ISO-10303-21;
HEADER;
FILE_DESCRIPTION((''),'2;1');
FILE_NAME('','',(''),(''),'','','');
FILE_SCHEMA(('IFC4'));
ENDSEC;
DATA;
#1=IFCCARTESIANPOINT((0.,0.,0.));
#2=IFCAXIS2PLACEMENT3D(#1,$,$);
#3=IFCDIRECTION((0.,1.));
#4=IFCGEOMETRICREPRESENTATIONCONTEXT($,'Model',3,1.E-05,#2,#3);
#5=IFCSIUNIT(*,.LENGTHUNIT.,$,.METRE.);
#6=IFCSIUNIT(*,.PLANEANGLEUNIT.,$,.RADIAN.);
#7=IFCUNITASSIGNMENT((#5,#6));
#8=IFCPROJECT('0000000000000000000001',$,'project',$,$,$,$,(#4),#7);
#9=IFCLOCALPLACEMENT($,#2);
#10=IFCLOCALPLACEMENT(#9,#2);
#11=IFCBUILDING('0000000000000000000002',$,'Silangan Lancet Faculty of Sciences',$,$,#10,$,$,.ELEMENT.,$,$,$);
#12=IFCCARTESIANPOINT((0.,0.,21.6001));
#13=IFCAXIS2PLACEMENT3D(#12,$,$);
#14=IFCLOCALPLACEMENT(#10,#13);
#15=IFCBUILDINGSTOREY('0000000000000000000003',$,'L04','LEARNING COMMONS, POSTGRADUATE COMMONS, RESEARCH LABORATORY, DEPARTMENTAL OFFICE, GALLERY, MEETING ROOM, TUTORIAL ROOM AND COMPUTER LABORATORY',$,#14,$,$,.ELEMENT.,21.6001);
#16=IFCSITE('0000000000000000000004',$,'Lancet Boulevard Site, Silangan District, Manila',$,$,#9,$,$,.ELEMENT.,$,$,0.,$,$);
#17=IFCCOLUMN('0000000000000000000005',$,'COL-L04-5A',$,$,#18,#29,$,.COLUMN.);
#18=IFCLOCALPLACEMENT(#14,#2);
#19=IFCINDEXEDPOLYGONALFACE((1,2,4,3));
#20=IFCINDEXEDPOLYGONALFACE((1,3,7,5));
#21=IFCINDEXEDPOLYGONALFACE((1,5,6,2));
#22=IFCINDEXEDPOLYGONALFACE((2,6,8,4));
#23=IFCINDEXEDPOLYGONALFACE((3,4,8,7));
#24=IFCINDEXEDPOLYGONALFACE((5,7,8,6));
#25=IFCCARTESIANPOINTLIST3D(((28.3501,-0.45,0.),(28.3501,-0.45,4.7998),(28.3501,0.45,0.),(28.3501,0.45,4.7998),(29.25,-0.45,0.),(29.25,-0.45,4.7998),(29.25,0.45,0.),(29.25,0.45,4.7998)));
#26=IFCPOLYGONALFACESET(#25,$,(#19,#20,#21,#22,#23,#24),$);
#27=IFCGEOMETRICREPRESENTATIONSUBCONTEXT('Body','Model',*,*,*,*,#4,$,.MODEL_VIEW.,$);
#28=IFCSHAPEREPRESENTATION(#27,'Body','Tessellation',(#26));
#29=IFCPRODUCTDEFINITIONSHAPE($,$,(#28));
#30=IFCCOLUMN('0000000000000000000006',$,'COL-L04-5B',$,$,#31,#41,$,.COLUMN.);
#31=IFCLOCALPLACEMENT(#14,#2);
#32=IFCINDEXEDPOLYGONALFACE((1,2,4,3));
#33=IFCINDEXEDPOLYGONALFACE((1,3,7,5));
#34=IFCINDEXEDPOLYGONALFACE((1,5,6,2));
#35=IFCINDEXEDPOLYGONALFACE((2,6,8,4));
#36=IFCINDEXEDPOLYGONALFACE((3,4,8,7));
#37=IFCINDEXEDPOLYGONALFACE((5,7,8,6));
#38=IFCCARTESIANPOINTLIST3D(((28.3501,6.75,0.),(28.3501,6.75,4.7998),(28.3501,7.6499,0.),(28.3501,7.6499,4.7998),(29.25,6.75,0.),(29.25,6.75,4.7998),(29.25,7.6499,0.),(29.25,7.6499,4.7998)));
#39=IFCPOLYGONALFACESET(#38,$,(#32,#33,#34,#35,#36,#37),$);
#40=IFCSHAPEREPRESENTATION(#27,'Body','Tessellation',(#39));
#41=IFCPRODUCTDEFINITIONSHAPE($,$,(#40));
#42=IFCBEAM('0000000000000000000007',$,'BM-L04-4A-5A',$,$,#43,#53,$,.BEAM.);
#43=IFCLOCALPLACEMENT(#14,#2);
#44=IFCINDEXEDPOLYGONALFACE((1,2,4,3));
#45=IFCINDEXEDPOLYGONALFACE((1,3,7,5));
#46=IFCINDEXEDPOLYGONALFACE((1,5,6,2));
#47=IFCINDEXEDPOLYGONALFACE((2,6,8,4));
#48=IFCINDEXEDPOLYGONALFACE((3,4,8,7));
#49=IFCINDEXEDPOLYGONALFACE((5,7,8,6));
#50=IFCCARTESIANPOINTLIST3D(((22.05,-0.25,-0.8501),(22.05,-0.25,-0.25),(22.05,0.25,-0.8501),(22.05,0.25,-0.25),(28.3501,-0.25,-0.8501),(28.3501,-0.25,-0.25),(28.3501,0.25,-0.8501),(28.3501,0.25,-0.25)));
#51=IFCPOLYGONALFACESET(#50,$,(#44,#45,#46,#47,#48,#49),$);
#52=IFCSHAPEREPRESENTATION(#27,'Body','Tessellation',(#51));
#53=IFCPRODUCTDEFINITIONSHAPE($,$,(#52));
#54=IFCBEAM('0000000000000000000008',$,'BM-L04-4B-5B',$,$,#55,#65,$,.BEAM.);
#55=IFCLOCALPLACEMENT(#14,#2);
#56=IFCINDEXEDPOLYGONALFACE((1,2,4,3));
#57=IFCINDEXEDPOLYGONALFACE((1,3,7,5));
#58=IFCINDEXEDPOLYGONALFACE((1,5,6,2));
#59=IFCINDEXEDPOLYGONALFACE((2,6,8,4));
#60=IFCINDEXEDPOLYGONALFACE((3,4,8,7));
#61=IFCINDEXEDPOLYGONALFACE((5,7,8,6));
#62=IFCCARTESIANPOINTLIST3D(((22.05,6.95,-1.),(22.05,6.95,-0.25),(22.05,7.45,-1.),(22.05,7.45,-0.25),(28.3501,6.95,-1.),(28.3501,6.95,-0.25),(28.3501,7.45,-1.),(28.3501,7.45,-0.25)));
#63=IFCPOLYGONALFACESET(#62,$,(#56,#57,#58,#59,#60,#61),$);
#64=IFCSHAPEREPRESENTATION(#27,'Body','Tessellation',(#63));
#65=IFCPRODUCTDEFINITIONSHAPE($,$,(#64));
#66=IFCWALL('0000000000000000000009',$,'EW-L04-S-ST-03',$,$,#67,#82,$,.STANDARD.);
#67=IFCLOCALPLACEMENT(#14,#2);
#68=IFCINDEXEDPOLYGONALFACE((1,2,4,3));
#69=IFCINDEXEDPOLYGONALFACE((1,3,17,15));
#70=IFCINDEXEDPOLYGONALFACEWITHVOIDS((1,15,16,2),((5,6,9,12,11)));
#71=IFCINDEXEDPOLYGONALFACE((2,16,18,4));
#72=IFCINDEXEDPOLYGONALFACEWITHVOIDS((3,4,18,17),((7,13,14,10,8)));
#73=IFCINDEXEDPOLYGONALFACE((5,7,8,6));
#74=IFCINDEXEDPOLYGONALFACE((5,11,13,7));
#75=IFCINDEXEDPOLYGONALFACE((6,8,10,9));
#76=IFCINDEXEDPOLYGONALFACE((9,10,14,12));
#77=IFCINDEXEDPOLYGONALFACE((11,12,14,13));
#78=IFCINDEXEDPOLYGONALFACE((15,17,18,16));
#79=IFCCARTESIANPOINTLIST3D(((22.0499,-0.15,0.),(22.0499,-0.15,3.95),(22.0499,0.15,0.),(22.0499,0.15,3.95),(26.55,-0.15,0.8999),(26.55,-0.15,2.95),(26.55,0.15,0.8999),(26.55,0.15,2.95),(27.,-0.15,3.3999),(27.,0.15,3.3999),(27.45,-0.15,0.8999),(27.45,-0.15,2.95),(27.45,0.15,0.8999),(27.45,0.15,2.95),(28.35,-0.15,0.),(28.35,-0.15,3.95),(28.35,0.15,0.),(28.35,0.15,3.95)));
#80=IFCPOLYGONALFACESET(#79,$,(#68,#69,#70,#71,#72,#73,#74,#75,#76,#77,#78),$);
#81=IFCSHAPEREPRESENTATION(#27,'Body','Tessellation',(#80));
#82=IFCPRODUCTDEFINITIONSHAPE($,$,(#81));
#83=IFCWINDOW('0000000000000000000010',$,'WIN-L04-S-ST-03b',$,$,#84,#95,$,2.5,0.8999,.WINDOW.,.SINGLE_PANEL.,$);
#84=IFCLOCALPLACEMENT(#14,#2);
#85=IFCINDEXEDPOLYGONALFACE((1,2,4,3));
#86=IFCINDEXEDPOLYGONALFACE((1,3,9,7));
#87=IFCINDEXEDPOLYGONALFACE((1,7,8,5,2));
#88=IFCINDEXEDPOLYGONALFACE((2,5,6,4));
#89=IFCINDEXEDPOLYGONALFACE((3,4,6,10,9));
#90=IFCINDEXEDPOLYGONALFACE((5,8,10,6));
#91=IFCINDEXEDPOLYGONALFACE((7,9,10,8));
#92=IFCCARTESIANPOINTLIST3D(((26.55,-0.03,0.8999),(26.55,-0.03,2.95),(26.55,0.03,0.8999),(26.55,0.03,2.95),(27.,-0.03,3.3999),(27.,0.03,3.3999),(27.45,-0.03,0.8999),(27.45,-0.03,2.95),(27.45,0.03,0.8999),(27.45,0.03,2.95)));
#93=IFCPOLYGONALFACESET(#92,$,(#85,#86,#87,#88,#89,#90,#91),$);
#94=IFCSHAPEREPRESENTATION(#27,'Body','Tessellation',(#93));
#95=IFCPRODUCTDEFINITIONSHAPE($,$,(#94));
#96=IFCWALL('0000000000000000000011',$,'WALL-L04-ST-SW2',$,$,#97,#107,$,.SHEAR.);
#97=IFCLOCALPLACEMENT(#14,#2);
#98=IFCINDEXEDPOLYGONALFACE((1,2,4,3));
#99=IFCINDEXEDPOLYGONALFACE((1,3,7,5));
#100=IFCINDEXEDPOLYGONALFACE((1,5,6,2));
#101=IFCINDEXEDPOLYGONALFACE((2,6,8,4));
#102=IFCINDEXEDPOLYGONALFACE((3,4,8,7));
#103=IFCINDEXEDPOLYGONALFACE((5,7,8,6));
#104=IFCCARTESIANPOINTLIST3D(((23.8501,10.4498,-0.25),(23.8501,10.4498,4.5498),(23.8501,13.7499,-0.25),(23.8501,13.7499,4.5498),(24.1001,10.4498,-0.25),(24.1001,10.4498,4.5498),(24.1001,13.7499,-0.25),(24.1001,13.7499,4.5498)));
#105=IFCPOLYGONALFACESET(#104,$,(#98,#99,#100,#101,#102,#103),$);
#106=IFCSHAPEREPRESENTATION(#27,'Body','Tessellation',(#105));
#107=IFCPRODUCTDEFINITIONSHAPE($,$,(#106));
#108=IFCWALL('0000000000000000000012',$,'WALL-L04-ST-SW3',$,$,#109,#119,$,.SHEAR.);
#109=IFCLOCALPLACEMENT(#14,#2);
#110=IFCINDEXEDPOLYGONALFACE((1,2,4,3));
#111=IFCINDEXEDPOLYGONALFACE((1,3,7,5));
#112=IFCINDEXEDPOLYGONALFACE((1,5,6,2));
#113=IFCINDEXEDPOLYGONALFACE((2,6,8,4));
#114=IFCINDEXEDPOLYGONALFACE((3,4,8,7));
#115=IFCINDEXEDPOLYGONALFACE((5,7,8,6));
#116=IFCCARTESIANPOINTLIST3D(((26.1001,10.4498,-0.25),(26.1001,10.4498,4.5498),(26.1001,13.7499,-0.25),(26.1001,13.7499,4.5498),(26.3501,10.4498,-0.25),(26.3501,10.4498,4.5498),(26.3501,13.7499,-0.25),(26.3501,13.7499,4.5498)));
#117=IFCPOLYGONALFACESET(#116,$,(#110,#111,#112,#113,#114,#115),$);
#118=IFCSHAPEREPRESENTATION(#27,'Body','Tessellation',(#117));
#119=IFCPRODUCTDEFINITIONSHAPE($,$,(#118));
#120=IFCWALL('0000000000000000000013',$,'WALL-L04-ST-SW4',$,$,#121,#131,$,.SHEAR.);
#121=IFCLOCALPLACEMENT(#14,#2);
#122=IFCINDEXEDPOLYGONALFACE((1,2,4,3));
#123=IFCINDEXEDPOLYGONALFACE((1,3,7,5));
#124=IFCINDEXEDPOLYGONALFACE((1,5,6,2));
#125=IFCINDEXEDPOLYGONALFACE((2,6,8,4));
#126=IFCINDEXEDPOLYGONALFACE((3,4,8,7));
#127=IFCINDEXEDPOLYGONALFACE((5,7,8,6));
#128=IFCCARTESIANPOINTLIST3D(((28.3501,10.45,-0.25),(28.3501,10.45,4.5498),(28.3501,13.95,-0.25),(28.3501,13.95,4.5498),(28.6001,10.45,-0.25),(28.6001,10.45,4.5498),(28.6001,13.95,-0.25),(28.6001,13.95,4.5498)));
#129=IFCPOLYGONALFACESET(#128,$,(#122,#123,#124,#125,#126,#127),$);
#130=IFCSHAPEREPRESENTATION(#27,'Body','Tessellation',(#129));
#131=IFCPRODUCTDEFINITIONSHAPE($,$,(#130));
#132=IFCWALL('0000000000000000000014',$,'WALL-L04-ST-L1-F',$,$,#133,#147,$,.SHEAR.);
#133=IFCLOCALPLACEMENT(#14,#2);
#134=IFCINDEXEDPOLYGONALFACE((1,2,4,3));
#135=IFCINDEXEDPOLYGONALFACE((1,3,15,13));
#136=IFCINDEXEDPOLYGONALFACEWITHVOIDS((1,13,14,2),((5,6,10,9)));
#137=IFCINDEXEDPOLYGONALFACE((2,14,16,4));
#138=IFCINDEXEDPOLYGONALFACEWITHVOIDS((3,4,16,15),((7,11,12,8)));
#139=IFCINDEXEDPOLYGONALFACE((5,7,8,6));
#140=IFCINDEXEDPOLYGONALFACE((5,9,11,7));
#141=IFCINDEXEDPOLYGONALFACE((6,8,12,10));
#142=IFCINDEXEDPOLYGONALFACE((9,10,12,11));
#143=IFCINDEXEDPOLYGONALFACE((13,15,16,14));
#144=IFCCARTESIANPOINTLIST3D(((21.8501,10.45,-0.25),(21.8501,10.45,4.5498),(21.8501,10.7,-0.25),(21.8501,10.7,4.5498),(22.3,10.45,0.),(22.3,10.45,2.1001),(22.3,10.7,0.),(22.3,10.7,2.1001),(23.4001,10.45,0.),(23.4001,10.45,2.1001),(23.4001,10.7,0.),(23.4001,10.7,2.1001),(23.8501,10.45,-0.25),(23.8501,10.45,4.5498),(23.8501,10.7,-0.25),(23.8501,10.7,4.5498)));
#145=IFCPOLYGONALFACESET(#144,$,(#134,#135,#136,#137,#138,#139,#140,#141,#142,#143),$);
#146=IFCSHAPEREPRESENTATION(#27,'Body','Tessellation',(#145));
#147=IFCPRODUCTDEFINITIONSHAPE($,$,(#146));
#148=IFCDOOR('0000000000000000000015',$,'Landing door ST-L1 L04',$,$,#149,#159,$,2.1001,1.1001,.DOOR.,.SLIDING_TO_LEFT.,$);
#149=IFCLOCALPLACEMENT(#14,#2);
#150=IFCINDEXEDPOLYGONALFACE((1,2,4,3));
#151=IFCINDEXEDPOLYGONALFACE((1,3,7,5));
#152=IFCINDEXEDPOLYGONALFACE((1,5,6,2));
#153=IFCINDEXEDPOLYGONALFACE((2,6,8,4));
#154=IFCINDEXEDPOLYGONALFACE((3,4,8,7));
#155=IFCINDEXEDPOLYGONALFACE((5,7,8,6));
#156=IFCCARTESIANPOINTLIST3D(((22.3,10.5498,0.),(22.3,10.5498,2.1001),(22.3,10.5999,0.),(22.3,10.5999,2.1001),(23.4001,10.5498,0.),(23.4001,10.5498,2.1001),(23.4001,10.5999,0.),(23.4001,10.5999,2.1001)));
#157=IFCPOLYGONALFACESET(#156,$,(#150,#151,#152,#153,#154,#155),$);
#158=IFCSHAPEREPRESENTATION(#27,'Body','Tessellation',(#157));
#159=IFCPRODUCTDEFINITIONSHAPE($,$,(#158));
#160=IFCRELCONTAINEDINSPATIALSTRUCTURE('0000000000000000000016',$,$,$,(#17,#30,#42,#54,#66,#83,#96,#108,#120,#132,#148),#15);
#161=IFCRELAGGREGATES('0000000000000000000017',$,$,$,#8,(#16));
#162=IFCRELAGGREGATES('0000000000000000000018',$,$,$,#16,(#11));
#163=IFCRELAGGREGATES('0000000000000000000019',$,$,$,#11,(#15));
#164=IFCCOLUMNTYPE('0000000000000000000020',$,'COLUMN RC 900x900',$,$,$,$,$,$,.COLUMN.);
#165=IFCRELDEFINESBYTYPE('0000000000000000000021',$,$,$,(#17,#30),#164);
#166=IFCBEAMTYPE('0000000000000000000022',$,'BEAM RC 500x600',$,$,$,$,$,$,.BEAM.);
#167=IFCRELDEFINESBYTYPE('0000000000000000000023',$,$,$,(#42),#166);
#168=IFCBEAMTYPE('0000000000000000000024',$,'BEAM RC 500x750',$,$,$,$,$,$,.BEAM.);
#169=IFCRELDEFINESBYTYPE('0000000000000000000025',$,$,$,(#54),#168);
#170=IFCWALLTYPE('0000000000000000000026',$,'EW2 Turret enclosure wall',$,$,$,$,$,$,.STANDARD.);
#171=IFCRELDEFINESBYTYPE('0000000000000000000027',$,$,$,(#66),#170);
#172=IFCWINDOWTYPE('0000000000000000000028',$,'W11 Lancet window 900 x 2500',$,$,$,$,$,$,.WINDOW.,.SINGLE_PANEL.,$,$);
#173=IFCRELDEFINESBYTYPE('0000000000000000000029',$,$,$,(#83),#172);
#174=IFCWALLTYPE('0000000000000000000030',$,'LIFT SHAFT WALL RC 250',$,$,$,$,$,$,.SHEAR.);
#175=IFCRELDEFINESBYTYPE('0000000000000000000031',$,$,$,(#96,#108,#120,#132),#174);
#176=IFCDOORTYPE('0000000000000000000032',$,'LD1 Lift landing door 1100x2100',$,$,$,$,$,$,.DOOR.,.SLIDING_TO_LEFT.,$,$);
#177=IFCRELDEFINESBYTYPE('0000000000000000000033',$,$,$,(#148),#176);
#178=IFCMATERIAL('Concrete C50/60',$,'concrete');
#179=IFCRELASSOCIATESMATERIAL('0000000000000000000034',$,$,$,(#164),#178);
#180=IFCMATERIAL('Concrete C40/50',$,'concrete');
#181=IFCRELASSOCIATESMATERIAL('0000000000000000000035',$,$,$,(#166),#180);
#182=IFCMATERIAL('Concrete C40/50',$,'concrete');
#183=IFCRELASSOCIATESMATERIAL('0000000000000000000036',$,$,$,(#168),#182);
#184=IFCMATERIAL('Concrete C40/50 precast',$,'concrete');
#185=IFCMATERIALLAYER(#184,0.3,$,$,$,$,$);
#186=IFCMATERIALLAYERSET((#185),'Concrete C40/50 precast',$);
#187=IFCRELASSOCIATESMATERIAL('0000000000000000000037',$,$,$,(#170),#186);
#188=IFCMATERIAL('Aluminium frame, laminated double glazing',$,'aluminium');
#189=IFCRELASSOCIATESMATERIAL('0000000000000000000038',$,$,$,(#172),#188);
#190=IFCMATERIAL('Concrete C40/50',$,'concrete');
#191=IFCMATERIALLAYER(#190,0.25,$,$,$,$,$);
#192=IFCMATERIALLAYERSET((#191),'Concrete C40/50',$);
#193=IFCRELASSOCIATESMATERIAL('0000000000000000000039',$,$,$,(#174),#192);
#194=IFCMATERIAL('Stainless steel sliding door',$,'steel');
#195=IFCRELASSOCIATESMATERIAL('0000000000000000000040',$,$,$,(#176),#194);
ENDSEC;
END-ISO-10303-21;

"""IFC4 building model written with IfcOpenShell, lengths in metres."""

from ifc_helpers import new_model, si_unit, direction, frame, frame_2d, origin, origin_2d, place, context, subcontext, project, spatial, polyline, rectangle, outline, extrude, material, layer, layer_set, material_profile, profile_set, type_object, element, fill, save


model = new_model("IFC4")

# Units and contexts
model_context = context("Model", 3, precision=1e-05, world=origin(), true_north=direction((0.0, 1.0)))
body_context = subcontext(model_context, "Body", "Model", "MODEL_VIEW")
ifc_project = project(units=[si_unit("LENGTHUNIT", "METRE"), si_unit("PLANEANGLEUNIT", "RADIAN")], contexts=[model_context])

# Site, building, storey
site_placement = place(None, origin())
site = spatial("IfcSite", under=ifc_project, at=site_placement, Name="Lancet Boulevard Site, Silangan District, Manila", CompositionType="ELEMENT", RefElevation=0.0)
building_placement = place(site_placement, origin())
building = spatial("IfcBuilding", under=site, at=building_placement, Name="Silangan Lancet Faculty of Sciences", CompositionType="ELEMENT")
storey_placement = place(building_placement, frame((0.0, 0.0, 21.6001)))
storey = spatial("IfcBuildingStorey", under=building, at=storey_placement, Name="L04", Description="LEARNING COMMONS, POSTGRADUATE COMMONS, RESEARCH LABORATORY, DEPARTMENTAL OFFICE, GALLERY, MEETING ROOM, TUTORIAL ROOM AND COMPUTER LABORATORY", CompositionType="ELEMENT", Elevation=21.6001)

# Columns
ifc_material_1 = material(Name="Concrete C50/60", Category="concrete")
ifc_material_profile_1 = material_profile(ifc_material_1, rectangle(XDim=0.8999, YDim=0.8999, at=origin_2d()), Name="RC 900x900")
ifc_profile_set_1 = profile_set([ifc_material_profile_1], Name="Concrete C50/60")
column_type = type_object("IfcColumnType", Name="COLUMN RC 900x900", PredefinedType="COLUMN", material=ifc_profile_set_1)
for number, where, z_axis, x_axis, name in (
    (1, (28.8, 0.0, 0.0), (0.0, 0.0, 1.0), (1.0, 0.0, 0.0), "COL-L04-5A"),
    (2, (28.8, 7.2, 0.0), (0.0, 0.0, 1.0), (1.0, 0.0, 0.0), "COL-L04-5B"),
):
    element("IfcColumn", number, at=place(storey_placement, frame(where, z_axis=z_axis, x_axis=x_axis)), inside=storey, type_object=column_type, Name=name, PredefinedType="COLUMN", context=body_context, shape_type="SweptSolid", body=[
        extrude(rectangle(XDim=0.8999, YDim=0.8999, at=origin_2d()), origin(), (0.0, 0.0, 1.0), 4.7998),
    ])

# Beams
ifc_material_2 = material(Name="Concrete C40/50", Category="concrete")
ifc_material_profile_2 = material_profile(ifc_material_2, rectangle(XDim=0.5, YDim=0.6001, at=origin_2d()), Name="RC 500x600")
ifc_profile_set_2 = profile_set([ifc_material_profile_2], Name="Concrete C40/50")
beam_type_1 = type_object("IfcBeamType", Name="BEAM RC 500x600", PredefinedType="BEAM", material=ifc_profile_set_2)
beam_1_placement = place(storey_placement, frame((22.05, 0.0, -0.55), z_axis=(1.0, 0.0, 0.0), x_axis=(0.0, 1.0, 0.0)))
element("IfcBeam", 3, at=beam_1_placement, inside=storey, type_object=beam_type_1, Name="BM-L04-4A-5A", PredefinedType="BEAM", context=body_context, shape_type="SweptSolid", body=[
    extrude(rectangle(XDim=0.5, YDim=0.6001, at=origin_2d()), origin(), (0.0, 0.0, 1.0), 6.3),
])
ifc_material_3 = material(Name="Concrete C40/50", Category="concrete")
ifc_material_profile_3 = material_profile(ifc_material_3, rectangle(XDim=0.5, YDim=0.75, at=origin_2d()), Name="RC 500x750")
ifc_profile_set_3 = profile_set([ifc_material_profile_3], Name="Concrete C40/50")
beam_type_2 = type_object("IfcBeamType", Name="BEAM RC 500x750", PredefinedType="BEAM", material=ifc_profile_set_3)
beam_2_placement = place(storey_placement, frame((22.05, 7.2, -0.625), z_axis=(1.0, 0.0, 0.0), x_axis=(0.0, 1.0, 0.0)))
element("IfcBeam", 4, at=beam_2_placement, inside=storey, type_object=beam_type_2, Name="BM-L04-4B-5B", PredefinedType="BEAM", context=body_context, shape_type="SweptSolid", body=[
    extrude(rectangle(XDim=0.5, YDim=0.75, at=origin_2d()), origin(), (0.0, 0.0, 1.0), 6.3),
])

# Wall, opening, window
ifc_material_4 = material(Name="Concrete C40/50 precast", Category="concrete")
ifc_layer_1 = layer(ifc_material_4, 0.3)
ifc_layer_set_1 = layer_set([ifc_layer_1], Name="Concrete C40/50 precast")
wall_type_1 = type_object("IfcWallType", Name="EW2 Turret enclosure wall", PredefinedType="STANDARD", material=ifc_layer_set_1)
wall_1_placement = place(storey_placement, frame((22.05, 0.0, 0.0), z_axis=(0.0, 0.0, 1.0), x_axis=(1.0, 0.0, 0.0)))
wall_1 = element("IfcWall", 5, at=wall_1_placement, inside=storey, type_object=wall_type_1, Name="EW-L04-S-ST-03", PredefinedType="STANDARD", context=body_context, shape_type="SweptSolid", body=[
    extrude(rectangle(XDim=6.3, YDim=0.3, at=frame_2d((3.1499, 0.0))), origin(), (0.0, 0.0, 1.0), 3.95),
])
opening_1_placement = place(wall_1_placement, frame((4.5, 0.0, 0.8999)))
opening_1 = element("IfcOpeningElement", 6, at=opening_1_placement, cuts=wall_1, PredefinedType="OPENING", context=body_context, shape_type="SweptSolid", body=[
    extrude(outline(polyline([(0.0, 0.0), (0.8999, 0.0), (0.8999, 2.05), (0.45, 2.5), (0.0, 2.05), (0.0, 0.0)])), frame((0.0, 0.1599, 0.0), z_axis=(0.0, -1.0, 0.0), x_axis=(1.0, 0.0, 0.0)), (0.0, 0.0, 1.0), 0.3201),
])
ifc_material_5 = material(Name="Aluminium frame, laminated double glazing", Category="aluminium")
window_type = type_object("IfcWindowType", Name="W11 Lancet window 900 x 2500", PartitioningType="SINGLE_PANEL", PredefinedType="WINDOW", material=ifc_material_5)
window_placement = place(opening_1_placement, origin())
window = element("IfcWindow", 7, at=window_placement, inside=storey, type_object=window_type, Name="WIN-L04-S-ST-03b", OverallHeight=2.5, OverallWidth=0.8999, PartitioningType="SINGLE_PANEL", PredefinedType="WINDOW", context=body_context, shape_type="SweptSolid", body=[
    extrude(outline(polyline([(0.0, 0.0), (0.8999, 0.0), (0.8999, 2.05), (0.45, 2.5), (0.0, 2.05), (0.0, 0.0)])), frame((0.0, 0.03, 0.0), z_axis=(0.0, -1.0, 0.0), x_axis=(1.0, 0.0, 0.0)), (0.0, 0.0, 1.0), 0.0601),
])
fill(opening_1, window)

# Walls
ifc_material_6 = material(Name="Concrete C40/50", Category="concrete")
ifc_layer_2 = layer(ifc_material_6, 0.25)
ifc_layer_set_2 = layer_set([ifc_layer_2], Name="Concrete C40/50")
wall_type_2 = type_object("IfcWallType", Name="LIFT SHAFT WALL RC 250", PredefinedType="SHEAR", material=ifc_layer_set_2)
for number, where, z_axis, x_axis, name in (
    (8, (23.9751, 10.45, -0.25), (0.0, 0.0, 1.0), (0.0, 1.0, 0.0), "WALL-L04-ST-SW2"),
    (9, (26.2251, 10.45, -0.25), (0.0, 0.0, 1.0), (0.0, 1.0, 0.0), "WALL-L04-ST-SW3"),
):
    element("IfcWall", number, at=place(storey_placement, frame(where, z_axis=z_axis, x_axis=x_axis)), inside=storey, type_object=wall_type_2, Name=name, PredefinedType="SHEAR", context=body_context, shape_type="SweptSolid", body=[
        extrude(rectangle(XDim=3.3, YDim=0.25, at=frame_2d((1.6499, 0.0))), origin(), (0.0, 0.0, 1.0), 4.7998),
    ])
wall_2_placement = place(storey_placement, frame((28.4751, 10.45, -0.25), z_axis=(0.0, 0.0, 1.0), x_axis=(0.0, 1.0, 0.0)))
element("IfcWall", 10, at=wall_2_placement, inside=storey, type_object=wall_type_2, Name="WALL-L04-ST-SW4", PredefinedType="SHEAR", context=body_context, shape_type="SweptSolid", body=[
    extrude(rectangle(XDim=3.5, YDim=0.25, at=frame_2d((1.75, 0.0))), origin(), (0.0, 0.0, 1.0), 4.7998),
])

# Wall, opening, door
wall_3_placement = place(storey_placement, frame((21.8501, 10.575, -0.25), z_axis=(0.0, 0.0, 1.0), x_axis=(1.0, 0.0, 0.0)))
wall_3 = element("IfcWall", 11, at=wall_3_placement, inside=storey, type_object=wall_type_2, Name="WALL-L04-ST-L1-F", PredefinedType="SHEAR", context=body_context, shape_type="SweptSolid", body=[
    extrude(rectangle(XDim=2.0, YDim=0.25, at=frame_2d((1.0, 0.0))), origin(), (0.0, 0.0, 1.0), 4.7998),
])
opening_2_placement = place(wall_3_placement, frame((0.45, 0.0, 0.25)))
opening_2 = element("IfcOpeningElement", 12, at=opening_2_placement, cuts=wall_3, PredefinedType="OPENING", context=body_context, shape_type="SweptSolid", body=[
    extrude(rectangle(XDim=1.1001, YDim=2.1001, at=frame_2d((0.55, 1.05))), frame((0.0, 0.135, 0.0), z_axis=(0.0, -1.0, 0.0), x_axis=(1.0, 0.0, 0.0)), (0.0, 0.0, 1.0), 0.27),
])
ifc_material_7 = material(Name="Stainless steel sliding door", Category="steel")
door_type_1 = type_object("IfcDoorType", Name="LD1 Lift landing door 1100x2100", OperationType="SLIDING_TO_LEFT", PredefinedType="DOOR", material=ifc_material_7)
door_1_placement = place(opening_2_placement, origin())
door_1 = element("IfcDoor", 13, at=door_1_placement, inside=storey, type_object=door_type_1, Name="Landing door ST-L1 L04", OperationType="SLIDING_TO_LEFT", OverallHeight=2.1001, OverallWidth=1.1001, PredefinedType="DOOR", context=body_context, shape_type="SweptSolid", body=[
    extrude(rectangle(XDim=1.1001, YDim=2.1001, at=frame_2d((0.55, 1.05))), frame((0.0, 0.0249, 0.0), z_axis=(0.0, -1.0, 0.0), x_axis=(1.0, 0.0, 0.0)), (0.0, 0.0, 1.0), 0.05),
])
fill(opening_2, door_1)

save(model, "model.ifc")
